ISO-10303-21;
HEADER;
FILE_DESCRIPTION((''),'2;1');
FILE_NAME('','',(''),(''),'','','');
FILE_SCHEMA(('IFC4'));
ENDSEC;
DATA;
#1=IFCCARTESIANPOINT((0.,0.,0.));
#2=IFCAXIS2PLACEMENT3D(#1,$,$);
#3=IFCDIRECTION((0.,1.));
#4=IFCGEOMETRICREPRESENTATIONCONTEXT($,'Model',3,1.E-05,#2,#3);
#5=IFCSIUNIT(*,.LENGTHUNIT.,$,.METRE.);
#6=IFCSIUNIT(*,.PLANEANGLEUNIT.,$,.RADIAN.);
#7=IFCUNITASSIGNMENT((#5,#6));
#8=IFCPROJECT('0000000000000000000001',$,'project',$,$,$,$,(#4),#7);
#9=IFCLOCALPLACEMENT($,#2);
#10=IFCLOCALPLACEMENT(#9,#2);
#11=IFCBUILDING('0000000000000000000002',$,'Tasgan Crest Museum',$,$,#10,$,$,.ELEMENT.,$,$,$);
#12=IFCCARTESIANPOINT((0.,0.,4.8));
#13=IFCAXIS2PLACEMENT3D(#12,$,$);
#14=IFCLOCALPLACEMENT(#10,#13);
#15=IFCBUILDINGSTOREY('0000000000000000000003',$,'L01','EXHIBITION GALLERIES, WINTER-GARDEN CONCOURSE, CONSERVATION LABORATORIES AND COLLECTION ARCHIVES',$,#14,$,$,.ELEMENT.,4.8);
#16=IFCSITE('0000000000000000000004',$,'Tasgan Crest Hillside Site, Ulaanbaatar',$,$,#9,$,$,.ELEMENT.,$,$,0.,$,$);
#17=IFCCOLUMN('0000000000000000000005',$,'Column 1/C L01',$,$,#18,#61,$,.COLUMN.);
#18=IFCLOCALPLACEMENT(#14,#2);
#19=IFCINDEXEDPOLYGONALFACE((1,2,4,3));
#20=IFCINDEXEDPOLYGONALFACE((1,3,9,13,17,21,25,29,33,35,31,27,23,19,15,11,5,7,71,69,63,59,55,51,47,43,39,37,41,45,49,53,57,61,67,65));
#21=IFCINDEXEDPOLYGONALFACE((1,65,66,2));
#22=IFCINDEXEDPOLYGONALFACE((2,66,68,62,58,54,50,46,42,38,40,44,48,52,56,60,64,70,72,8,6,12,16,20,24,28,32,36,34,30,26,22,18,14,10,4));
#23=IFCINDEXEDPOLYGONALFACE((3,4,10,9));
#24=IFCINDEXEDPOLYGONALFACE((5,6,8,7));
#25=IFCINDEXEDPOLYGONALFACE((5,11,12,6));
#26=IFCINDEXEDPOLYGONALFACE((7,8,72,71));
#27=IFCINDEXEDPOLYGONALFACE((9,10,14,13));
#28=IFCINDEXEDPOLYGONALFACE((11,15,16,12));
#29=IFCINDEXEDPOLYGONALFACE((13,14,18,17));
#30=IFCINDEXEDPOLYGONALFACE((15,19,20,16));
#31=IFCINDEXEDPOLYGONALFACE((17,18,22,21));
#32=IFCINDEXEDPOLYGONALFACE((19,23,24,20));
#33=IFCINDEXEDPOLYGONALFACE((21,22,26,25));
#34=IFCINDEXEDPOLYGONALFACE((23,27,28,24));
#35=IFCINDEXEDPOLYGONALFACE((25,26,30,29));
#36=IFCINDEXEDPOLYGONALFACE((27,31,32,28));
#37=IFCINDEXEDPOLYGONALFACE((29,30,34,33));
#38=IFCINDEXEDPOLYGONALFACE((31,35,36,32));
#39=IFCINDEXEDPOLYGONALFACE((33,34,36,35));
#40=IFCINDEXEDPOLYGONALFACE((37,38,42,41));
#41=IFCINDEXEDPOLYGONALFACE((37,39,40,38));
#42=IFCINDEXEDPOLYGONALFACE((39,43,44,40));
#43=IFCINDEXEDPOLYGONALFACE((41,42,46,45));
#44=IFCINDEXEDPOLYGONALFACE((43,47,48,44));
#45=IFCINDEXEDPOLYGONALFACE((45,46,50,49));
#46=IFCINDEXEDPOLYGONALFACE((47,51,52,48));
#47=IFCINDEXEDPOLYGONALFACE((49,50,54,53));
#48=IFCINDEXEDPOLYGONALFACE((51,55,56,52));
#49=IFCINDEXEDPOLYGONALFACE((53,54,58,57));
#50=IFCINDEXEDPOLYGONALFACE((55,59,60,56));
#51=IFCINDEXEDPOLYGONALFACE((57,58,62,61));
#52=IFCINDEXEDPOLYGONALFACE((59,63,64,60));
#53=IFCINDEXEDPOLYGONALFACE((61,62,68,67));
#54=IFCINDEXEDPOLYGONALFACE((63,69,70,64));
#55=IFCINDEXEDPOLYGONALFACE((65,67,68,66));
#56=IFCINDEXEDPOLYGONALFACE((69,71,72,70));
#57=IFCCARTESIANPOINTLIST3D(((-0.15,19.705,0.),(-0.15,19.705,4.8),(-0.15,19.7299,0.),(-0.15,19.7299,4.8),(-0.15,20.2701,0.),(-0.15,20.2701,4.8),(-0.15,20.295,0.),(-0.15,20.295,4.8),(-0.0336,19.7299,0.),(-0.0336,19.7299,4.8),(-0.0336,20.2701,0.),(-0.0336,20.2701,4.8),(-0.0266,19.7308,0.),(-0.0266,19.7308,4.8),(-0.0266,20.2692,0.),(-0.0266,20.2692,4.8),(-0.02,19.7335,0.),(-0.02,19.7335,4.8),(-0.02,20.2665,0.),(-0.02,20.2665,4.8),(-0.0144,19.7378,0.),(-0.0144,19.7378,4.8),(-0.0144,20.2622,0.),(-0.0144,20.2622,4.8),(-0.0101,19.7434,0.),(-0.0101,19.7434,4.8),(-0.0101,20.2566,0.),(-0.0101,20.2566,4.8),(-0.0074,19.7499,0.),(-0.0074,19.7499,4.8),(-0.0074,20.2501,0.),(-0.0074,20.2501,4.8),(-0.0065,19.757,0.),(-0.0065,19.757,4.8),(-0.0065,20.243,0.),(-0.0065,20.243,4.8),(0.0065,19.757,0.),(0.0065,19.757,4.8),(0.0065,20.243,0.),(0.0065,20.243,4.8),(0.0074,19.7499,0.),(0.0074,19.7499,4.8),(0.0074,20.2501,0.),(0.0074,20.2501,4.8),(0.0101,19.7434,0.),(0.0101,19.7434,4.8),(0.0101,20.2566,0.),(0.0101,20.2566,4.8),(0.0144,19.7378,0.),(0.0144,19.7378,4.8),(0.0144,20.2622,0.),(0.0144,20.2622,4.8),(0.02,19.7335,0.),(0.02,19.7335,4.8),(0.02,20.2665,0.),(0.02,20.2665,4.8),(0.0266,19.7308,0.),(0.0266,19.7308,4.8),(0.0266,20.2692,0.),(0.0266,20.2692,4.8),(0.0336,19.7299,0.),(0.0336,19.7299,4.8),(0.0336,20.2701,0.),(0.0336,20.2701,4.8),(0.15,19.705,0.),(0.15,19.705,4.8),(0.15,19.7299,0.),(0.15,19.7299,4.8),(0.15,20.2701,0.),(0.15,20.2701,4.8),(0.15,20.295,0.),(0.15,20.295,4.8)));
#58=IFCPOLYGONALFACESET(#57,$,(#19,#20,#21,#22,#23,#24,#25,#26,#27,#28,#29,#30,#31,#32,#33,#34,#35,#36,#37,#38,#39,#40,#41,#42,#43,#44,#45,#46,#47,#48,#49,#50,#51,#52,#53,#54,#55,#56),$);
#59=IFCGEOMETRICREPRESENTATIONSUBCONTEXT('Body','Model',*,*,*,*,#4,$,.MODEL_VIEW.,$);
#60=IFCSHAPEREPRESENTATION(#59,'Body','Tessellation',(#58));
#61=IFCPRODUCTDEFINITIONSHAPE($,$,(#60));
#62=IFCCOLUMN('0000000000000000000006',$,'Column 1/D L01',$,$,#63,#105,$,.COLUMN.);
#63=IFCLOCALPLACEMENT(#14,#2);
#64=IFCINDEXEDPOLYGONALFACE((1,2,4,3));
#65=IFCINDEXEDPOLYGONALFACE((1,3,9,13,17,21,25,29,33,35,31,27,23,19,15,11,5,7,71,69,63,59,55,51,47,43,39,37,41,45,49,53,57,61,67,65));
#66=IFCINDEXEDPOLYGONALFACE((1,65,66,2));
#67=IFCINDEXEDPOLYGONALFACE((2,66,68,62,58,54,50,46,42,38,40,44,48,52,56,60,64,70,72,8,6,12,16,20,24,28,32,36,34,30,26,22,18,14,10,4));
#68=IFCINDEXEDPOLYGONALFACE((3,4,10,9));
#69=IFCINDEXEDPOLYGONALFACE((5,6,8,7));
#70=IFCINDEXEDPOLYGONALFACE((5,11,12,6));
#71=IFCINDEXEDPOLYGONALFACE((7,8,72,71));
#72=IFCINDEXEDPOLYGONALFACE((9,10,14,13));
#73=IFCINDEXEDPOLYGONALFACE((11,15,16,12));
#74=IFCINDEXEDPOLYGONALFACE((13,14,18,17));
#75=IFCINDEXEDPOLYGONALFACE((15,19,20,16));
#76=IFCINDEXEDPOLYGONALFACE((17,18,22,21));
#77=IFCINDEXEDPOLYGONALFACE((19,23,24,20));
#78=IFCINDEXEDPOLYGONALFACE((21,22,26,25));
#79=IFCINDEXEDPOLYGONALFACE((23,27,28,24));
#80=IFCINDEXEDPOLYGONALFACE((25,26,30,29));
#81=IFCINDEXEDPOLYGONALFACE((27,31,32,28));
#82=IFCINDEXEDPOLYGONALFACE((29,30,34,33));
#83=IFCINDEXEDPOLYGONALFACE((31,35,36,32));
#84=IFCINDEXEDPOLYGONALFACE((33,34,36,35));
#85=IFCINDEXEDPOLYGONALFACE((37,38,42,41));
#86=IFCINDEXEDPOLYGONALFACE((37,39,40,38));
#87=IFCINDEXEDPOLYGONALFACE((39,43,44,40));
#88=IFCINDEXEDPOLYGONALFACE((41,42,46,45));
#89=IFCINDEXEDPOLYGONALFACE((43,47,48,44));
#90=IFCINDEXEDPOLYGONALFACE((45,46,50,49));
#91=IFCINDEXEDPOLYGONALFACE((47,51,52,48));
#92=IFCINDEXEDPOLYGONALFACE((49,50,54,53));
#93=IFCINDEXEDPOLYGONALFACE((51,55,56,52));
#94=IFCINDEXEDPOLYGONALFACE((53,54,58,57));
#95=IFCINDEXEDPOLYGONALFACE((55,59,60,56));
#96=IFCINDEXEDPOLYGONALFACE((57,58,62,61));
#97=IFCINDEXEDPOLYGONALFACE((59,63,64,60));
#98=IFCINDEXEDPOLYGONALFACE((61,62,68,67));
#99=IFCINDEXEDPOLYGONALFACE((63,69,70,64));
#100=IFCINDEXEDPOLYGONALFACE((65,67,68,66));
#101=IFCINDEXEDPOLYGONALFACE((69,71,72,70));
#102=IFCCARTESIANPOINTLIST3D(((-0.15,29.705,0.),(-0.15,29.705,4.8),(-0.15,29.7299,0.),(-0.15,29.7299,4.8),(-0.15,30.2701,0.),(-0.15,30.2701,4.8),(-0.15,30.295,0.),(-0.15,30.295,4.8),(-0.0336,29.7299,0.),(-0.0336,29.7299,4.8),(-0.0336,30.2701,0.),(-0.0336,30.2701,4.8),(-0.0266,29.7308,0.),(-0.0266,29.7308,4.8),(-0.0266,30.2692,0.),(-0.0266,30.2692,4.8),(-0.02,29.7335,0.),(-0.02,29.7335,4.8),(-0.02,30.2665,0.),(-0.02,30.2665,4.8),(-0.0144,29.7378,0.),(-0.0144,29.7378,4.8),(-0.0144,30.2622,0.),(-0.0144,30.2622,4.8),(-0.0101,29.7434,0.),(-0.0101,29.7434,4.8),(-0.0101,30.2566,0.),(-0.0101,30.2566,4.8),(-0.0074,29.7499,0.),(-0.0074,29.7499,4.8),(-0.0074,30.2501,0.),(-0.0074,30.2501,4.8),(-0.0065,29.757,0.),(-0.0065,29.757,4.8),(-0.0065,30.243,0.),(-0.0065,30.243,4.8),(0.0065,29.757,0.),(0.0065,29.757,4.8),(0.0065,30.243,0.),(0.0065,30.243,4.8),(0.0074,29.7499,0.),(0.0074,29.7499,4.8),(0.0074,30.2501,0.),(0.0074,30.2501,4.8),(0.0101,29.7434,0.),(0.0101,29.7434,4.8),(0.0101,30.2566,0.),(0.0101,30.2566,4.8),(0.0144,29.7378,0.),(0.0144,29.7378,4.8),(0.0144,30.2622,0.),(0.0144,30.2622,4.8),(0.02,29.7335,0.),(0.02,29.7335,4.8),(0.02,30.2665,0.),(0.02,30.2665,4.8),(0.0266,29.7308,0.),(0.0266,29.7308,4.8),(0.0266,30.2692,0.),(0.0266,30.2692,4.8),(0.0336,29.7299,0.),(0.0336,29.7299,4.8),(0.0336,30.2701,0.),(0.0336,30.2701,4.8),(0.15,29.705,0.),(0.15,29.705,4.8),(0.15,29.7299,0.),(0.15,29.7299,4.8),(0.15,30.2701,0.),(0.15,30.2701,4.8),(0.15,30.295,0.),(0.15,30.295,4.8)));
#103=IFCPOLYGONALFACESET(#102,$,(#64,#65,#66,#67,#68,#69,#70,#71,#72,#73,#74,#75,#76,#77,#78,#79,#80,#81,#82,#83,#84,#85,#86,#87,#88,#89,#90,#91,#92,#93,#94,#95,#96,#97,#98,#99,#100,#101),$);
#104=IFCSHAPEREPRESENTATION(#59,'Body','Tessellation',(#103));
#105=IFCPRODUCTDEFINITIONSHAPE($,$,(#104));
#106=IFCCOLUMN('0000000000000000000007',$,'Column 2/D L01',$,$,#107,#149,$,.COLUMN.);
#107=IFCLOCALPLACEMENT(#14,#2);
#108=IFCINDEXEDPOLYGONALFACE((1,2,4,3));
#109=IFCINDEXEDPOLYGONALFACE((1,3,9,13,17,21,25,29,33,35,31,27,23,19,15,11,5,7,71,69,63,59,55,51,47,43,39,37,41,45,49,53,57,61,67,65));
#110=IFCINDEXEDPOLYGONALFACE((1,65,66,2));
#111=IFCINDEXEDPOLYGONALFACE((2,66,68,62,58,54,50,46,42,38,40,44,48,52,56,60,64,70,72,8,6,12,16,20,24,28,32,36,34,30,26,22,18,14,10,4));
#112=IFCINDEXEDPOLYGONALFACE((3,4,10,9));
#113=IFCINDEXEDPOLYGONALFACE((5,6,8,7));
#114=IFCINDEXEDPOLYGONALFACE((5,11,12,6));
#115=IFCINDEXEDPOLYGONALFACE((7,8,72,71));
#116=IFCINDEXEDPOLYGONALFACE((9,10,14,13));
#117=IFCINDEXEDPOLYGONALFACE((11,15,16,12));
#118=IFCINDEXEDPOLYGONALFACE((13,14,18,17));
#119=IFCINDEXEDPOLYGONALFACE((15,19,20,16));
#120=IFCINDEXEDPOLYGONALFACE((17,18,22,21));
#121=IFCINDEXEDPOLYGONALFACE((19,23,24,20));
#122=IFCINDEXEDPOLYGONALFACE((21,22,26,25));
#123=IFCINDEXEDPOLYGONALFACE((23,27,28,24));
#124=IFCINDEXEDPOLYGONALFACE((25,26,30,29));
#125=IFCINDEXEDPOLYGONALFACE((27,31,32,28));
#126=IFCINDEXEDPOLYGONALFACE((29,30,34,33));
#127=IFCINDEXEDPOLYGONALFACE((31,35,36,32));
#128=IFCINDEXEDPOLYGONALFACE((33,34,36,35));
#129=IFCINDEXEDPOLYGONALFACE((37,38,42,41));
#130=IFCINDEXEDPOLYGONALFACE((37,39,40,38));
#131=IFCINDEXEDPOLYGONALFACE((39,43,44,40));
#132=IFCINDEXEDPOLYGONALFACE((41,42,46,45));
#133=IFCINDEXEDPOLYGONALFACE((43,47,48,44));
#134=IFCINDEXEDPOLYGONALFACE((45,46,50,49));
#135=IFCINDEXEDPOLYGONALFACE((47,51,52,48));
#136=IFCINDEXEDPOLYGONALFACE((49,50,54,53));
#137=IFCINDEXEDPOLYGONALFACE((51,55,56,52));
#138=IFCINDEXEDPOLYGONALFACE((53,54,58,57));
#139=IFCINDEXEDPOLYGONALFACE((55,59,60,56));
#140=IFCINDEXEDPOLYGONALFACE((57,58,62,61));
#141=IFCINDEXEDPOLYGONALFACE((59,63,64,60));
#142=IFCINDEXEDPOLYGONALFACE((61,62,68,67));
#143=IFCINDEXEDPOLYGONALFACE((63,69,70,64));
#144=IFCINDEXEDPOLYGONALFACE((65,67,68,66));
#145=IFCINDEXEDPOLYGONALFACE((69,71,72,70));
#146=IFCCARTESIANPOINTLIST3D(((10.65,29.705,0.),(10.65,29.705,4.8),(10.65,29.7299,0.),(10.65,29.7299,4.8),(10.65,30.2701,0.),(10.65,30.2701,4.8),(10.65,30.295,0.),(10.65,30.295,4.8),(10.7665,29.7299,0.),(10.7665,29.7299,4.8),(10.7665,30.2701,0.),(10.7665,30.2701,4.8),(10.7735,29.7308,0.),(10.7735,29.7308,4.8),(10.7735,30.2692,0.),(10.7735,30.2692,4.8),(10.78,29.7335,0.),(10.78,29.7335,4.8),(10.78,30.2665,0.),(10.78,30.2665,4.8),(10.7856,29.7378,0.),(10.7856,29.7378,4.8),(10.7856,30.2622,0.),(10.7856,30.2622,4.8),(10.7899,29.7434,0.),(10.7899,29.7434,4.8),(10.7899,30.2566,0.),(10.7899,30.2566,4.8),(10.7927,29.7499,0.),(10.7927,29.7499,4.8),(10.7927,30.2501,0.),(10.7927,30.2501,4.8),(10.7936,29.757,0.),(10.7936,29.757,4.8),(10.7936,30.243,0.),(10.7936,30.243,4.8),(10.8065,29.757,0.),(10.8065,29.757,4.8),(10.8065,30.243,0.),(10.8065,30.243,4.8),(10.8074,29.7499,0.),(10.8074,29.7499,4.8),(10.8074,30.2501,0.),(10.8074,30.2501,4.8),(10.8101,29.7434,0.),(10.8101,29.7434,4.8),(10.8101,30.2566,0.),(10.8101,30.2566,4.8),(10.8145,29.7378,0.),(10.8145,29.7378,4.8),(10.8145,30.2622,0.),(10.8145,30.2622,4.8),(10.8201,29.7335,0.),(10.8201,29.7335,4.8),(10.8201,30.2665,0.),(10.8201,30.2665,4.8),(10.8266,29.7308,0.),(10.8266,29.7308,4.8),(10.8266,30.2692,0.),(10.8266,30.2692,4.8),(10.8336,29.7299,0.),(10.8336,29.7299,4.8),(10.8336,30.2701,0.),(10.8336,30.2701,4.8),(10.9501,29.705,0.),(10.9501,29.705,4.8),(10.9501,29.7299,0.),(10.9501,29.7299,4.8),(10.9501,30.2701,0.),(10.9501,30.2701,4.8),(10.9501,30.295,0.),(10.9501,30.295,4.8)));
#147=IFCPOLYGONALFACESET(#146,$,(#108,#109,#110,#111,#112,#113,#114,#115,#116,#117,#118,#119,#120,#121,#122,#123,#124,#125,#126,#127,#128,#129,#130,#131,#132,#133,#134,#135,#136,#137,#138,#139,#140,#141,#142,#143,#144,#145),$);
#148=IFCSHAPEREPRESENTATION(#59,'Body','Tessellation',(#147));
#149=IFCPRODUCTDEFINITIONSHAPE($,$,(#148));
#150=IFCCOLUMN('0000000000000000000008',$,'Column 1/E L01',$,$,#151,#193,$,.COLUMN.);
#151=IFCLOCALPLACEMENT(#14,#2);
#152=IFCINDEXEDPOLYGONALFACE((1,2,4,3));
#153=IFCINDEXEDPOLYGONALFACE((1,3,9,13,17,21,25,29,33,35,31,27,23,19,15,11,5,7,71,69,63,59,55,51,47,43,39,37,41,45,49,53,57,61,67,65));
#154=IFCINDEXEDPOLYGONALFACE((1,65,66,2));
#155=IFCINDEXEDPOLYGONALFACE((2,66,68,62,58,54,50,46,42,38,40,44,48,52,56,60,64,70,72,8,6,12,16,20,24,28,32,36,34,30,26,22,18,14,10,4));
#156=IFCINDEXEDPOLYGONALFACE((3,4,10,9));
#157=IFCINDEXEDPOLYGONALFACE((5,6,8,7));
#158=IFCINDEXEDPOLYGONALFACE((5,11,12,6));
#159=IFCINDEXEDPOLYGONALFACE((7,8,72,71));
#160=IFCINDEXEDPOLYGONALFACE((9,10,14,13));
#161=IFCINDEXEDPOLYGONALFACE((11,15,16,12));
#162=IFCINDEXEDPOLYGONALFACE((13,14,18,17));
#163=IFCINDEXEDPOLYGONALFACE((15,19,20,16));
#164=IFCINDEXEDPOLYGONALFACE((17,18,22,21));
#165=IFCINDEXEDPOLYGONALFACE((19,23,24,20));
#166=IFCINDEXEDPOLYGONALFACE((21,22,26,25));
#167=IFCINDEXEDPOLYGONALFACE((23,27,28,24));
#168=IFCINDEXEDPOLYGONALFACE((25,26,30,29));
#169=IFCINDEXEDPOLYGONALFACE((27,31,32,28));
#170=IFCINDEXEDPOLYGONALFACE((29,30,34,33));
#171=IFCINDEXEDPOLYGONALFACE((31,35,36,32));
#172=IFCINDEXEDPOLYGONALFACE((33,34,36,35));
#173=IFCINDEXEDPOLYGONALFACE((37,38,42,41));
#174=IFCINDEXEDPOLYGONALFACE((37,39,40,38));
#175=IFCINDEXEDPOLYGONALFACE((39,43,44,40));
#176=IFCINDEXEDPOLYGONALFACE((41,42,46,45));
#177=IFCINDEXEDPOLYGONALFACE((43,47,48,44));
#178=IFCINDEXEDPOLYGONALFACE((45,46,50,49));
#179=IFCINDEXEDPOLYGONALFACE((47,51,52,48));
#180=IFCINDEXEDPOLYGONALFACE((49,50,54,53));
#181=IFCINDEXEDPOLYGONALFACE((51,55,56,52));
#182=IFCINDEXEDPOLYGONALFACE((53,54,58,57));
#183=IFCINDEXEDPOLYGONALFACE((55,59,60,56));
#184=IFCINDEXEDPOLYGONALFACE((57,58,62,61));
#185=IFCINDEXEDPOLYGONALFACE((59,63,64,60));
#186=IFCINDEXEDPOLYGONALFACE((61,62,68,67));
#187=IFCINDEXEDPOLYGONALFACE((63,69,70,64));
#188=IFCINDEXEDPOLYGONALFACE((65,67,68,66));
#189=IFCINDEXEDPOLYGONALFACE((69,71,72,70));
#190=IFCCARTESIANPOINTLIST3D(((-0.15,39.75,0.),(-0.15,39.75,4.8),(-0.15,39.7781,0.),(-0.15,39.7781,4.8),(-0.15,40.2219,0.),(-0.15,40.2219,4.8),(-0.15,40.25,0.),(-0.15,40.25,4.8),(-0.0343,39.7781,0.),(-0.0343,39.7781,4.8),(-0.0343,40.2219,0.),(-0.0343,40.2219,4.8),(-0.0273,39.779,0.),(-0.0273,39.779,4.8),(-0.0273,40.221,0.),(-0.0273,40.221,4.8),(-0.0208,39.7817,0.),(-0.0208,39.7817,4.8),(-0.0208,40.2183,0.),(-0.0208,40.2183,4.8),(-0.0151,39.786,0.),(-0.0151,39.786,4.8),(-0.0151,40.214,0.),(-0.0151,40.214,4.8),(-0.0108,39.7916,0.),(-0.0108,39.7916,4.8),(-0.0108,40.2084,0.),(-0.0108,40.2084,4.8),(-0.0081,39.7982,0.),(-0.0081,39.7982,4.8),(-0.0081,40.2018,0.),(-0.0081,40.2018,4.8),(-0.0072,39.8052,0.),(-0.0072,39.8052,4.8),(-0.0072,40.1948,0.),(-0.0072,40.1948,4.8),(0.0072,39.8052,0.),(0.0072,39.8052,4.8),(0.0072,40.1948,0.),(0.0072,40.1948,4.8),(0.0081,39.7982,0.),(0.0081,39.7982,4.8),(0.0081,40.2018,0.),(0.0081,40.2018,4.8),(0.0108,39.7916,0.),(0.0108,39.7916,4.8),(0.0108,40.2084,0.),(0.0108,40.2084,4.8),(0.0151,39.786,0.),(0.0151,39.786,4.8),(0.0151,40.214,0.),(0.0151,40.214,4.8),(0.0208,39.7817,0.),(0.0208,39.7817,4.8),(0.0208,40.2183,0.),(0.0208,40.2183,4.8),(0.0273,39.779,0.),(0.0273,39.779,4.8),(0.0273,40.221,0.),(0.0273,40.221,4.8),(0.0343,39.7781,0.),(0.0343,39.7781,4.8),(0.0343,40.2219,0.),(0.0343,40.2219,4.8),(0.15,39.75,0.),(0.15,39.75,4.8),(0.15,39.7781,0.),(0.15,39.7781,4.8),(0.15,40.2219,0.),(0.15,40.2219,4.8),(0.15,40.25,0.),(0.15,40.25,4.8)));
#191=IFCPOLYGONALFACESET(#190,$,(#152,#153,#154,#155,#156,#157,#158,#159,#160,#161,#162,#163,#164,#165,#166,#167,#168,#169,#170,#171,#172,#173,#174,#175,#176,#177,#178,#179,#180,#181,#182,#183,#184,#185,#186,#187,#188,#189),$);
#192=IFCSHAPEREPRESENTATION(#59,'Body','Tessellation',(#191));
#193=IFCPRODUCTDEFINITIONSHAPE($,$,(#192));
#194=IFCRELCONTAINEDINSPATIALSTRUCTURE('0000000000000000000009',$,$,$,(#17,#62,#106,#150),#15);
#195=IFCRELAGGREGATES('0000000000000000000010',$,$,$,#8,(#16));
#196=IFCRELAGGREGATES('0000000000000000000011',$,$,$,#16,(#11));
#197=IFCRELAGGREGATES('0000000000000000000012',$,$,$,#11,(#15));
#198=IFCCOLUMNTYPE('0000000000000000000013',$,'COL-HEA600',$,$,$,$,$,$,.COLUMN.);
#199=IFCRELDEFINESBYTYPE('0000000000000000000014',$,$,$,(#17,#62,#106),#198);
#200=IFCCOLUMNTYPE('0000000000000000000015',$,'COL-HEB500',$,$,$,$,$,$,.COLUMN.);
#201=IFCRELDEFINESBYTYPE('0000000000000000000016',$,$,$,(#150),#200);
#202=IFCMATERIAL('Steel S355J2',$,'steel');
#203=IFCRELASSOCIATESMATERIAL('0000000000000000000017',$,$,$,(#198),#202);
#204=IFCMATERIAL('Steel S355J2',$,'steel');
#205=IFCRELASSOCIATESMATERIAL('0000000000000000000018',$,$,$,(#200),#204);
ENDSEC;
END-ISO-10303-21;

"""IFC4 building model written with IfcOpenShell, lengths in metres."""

from ifc_helpers import new_model, si_unit, direction, frame, origin, origin_2d, place, context, subcontext, project, spatial, i_section, extrude, material, material_profile, profile_set, type_object, element, save


model = new_model("IFC4")

# Units and contexts
model_context = context("Model", 3, precision=1e-05, world=origin(), true_north=direction((0.0, 1.0)))
body_context = subcontext(model_context, "Body", "Model", "MODEL_VIEW")
ifc_project = project(units=[si_unit("LENGTHUNIT", "METRE"), si_unit("PLANEANGLEUNIT", "RADIAN")], contexts=[model_context])

# Site, building, storey
site_placement = place(None, origin())
site = spatial("IfcSite", under=ifc_project, at=site_placement, Name="Tasgan Crest Hillside Site, Ulaanbaatar", CompositionType="ELEMENT", RefElevation=0.0)
building_placement = place(site_placement, origin())
building = spatial("IfcBuilding", under=site, at=building_placement, Name="Tasgan Crest Museum", CompositionType="ELEMENT")
storey_placement = place(building_placement, frame((0.0, 0.0, 4.8)))
storey = spatial("IfcBuildingStorey", under=building, at=storey_placement, Name="L01", Description="EXHIBITION GALLERIES, WINTER-GARDEN CONCOURSE, CONSERVATION LABORATORIES AND COLLECTION ARCHIVES", CompositionType="ELEMENT", Elevation=4.8)

# Columns
ifc_material_1 = material(Name="Steel S355J2", Category="steel")
ifc_material_profile_1 = material_profile(ifc_material_1, i_section(OverallWidth=0.3, OverallDepth=0.5901, WebThickness=0.0129, FlangeThickness=0.0249, FilletRadius=0.0271, at=origin_2d()), Name="HEA 600")
ifc_profile_set_1 = profile_set([ifc_material_profile_1], Name="Steel S355J2")
column_type_1 = type_object("IfcColumnType", Name="COL-HEA600", PredefinedType="COLUMN", material=ifc_profile_set_1)
for number, where, z_axis, x_axis, name in (
    (1, (0.0, 20.0, 0.0), (0.0, 0.0, 1.0), (1.0, 0.0, 0.0), "Column 1/C L01"),
    (2, (0.0, 30.0, 0.0), (0.0, 0.0, 1.0), (1.0, 0.0, 0.0), "Column 1/D L01"),
    (3, (10.8, 30.0, 0.0), (0.0, 0.0, 1.0), (1.0, 0.0, 0.0), "Column 2/D L01"),
):
    element("IfcColumn", number, at=place(storey_placement, frame(where, z_axis=z_axis, x_axis=x_axis)), inside=storey, type_object=column_type_1, Name=name, PredefinedType="COLUMN", context=body_context, shape_type="SweptSolid", body=[
        extrude(i_section(OverallWidth=0.3, OverallDepth=0.5901, WebThickness=0.0129, FlangeThickness=0.0249, FilletRadius=0.0271, at=origin_2d()), origin(), (0.0, 0.0, 1.0), 4.8),
    ])
ifc_material_2 = material(Name="Steel S355J2", Category="steel")
ifc_material_profile_2 = material_profile(ifc_material_2, i_section(OverallWidth=0.3, OverallDepth=0.5, WebThickness=0.0144, FlangeThickness=0.0281, FilletRadius=0.0271, at=origin_2d()), Name="HEB 500")
ifc_profile_set_2 = profile_set([ifc_material_profile_2], Name="Steel S355J2")
column_type_2 = type_object("IfcColumnType", Name="COL-HEB500", PredefinedType="COLUMN", material=ifc_profile_set_2)
column_1_placement = place(storey_placement, frame((0.0, 40.0, 0.0), z_axis=(0.0, 0.0, 1.0), x_axis=(1.0, 0.0, 0.0)))
element("IfcColumn", 4, at=column_1_placement, inside=storey, type_object=column_type_2, Name="Column 1/E L01", PredefinedType="COLUMN", context=body_context, shape_type="SweptSolid", body=[
    extrude(i_section(OverallWidth=0.3, OverallDepth=0.5, WebThickness=0.0144, FlangeThickness=0.0281, FilletRadius=0.0271, at=origin_2d()), origin(), (0.0, 0.0, 1.0), 4.8),
])

save(model, "model.ifc")
